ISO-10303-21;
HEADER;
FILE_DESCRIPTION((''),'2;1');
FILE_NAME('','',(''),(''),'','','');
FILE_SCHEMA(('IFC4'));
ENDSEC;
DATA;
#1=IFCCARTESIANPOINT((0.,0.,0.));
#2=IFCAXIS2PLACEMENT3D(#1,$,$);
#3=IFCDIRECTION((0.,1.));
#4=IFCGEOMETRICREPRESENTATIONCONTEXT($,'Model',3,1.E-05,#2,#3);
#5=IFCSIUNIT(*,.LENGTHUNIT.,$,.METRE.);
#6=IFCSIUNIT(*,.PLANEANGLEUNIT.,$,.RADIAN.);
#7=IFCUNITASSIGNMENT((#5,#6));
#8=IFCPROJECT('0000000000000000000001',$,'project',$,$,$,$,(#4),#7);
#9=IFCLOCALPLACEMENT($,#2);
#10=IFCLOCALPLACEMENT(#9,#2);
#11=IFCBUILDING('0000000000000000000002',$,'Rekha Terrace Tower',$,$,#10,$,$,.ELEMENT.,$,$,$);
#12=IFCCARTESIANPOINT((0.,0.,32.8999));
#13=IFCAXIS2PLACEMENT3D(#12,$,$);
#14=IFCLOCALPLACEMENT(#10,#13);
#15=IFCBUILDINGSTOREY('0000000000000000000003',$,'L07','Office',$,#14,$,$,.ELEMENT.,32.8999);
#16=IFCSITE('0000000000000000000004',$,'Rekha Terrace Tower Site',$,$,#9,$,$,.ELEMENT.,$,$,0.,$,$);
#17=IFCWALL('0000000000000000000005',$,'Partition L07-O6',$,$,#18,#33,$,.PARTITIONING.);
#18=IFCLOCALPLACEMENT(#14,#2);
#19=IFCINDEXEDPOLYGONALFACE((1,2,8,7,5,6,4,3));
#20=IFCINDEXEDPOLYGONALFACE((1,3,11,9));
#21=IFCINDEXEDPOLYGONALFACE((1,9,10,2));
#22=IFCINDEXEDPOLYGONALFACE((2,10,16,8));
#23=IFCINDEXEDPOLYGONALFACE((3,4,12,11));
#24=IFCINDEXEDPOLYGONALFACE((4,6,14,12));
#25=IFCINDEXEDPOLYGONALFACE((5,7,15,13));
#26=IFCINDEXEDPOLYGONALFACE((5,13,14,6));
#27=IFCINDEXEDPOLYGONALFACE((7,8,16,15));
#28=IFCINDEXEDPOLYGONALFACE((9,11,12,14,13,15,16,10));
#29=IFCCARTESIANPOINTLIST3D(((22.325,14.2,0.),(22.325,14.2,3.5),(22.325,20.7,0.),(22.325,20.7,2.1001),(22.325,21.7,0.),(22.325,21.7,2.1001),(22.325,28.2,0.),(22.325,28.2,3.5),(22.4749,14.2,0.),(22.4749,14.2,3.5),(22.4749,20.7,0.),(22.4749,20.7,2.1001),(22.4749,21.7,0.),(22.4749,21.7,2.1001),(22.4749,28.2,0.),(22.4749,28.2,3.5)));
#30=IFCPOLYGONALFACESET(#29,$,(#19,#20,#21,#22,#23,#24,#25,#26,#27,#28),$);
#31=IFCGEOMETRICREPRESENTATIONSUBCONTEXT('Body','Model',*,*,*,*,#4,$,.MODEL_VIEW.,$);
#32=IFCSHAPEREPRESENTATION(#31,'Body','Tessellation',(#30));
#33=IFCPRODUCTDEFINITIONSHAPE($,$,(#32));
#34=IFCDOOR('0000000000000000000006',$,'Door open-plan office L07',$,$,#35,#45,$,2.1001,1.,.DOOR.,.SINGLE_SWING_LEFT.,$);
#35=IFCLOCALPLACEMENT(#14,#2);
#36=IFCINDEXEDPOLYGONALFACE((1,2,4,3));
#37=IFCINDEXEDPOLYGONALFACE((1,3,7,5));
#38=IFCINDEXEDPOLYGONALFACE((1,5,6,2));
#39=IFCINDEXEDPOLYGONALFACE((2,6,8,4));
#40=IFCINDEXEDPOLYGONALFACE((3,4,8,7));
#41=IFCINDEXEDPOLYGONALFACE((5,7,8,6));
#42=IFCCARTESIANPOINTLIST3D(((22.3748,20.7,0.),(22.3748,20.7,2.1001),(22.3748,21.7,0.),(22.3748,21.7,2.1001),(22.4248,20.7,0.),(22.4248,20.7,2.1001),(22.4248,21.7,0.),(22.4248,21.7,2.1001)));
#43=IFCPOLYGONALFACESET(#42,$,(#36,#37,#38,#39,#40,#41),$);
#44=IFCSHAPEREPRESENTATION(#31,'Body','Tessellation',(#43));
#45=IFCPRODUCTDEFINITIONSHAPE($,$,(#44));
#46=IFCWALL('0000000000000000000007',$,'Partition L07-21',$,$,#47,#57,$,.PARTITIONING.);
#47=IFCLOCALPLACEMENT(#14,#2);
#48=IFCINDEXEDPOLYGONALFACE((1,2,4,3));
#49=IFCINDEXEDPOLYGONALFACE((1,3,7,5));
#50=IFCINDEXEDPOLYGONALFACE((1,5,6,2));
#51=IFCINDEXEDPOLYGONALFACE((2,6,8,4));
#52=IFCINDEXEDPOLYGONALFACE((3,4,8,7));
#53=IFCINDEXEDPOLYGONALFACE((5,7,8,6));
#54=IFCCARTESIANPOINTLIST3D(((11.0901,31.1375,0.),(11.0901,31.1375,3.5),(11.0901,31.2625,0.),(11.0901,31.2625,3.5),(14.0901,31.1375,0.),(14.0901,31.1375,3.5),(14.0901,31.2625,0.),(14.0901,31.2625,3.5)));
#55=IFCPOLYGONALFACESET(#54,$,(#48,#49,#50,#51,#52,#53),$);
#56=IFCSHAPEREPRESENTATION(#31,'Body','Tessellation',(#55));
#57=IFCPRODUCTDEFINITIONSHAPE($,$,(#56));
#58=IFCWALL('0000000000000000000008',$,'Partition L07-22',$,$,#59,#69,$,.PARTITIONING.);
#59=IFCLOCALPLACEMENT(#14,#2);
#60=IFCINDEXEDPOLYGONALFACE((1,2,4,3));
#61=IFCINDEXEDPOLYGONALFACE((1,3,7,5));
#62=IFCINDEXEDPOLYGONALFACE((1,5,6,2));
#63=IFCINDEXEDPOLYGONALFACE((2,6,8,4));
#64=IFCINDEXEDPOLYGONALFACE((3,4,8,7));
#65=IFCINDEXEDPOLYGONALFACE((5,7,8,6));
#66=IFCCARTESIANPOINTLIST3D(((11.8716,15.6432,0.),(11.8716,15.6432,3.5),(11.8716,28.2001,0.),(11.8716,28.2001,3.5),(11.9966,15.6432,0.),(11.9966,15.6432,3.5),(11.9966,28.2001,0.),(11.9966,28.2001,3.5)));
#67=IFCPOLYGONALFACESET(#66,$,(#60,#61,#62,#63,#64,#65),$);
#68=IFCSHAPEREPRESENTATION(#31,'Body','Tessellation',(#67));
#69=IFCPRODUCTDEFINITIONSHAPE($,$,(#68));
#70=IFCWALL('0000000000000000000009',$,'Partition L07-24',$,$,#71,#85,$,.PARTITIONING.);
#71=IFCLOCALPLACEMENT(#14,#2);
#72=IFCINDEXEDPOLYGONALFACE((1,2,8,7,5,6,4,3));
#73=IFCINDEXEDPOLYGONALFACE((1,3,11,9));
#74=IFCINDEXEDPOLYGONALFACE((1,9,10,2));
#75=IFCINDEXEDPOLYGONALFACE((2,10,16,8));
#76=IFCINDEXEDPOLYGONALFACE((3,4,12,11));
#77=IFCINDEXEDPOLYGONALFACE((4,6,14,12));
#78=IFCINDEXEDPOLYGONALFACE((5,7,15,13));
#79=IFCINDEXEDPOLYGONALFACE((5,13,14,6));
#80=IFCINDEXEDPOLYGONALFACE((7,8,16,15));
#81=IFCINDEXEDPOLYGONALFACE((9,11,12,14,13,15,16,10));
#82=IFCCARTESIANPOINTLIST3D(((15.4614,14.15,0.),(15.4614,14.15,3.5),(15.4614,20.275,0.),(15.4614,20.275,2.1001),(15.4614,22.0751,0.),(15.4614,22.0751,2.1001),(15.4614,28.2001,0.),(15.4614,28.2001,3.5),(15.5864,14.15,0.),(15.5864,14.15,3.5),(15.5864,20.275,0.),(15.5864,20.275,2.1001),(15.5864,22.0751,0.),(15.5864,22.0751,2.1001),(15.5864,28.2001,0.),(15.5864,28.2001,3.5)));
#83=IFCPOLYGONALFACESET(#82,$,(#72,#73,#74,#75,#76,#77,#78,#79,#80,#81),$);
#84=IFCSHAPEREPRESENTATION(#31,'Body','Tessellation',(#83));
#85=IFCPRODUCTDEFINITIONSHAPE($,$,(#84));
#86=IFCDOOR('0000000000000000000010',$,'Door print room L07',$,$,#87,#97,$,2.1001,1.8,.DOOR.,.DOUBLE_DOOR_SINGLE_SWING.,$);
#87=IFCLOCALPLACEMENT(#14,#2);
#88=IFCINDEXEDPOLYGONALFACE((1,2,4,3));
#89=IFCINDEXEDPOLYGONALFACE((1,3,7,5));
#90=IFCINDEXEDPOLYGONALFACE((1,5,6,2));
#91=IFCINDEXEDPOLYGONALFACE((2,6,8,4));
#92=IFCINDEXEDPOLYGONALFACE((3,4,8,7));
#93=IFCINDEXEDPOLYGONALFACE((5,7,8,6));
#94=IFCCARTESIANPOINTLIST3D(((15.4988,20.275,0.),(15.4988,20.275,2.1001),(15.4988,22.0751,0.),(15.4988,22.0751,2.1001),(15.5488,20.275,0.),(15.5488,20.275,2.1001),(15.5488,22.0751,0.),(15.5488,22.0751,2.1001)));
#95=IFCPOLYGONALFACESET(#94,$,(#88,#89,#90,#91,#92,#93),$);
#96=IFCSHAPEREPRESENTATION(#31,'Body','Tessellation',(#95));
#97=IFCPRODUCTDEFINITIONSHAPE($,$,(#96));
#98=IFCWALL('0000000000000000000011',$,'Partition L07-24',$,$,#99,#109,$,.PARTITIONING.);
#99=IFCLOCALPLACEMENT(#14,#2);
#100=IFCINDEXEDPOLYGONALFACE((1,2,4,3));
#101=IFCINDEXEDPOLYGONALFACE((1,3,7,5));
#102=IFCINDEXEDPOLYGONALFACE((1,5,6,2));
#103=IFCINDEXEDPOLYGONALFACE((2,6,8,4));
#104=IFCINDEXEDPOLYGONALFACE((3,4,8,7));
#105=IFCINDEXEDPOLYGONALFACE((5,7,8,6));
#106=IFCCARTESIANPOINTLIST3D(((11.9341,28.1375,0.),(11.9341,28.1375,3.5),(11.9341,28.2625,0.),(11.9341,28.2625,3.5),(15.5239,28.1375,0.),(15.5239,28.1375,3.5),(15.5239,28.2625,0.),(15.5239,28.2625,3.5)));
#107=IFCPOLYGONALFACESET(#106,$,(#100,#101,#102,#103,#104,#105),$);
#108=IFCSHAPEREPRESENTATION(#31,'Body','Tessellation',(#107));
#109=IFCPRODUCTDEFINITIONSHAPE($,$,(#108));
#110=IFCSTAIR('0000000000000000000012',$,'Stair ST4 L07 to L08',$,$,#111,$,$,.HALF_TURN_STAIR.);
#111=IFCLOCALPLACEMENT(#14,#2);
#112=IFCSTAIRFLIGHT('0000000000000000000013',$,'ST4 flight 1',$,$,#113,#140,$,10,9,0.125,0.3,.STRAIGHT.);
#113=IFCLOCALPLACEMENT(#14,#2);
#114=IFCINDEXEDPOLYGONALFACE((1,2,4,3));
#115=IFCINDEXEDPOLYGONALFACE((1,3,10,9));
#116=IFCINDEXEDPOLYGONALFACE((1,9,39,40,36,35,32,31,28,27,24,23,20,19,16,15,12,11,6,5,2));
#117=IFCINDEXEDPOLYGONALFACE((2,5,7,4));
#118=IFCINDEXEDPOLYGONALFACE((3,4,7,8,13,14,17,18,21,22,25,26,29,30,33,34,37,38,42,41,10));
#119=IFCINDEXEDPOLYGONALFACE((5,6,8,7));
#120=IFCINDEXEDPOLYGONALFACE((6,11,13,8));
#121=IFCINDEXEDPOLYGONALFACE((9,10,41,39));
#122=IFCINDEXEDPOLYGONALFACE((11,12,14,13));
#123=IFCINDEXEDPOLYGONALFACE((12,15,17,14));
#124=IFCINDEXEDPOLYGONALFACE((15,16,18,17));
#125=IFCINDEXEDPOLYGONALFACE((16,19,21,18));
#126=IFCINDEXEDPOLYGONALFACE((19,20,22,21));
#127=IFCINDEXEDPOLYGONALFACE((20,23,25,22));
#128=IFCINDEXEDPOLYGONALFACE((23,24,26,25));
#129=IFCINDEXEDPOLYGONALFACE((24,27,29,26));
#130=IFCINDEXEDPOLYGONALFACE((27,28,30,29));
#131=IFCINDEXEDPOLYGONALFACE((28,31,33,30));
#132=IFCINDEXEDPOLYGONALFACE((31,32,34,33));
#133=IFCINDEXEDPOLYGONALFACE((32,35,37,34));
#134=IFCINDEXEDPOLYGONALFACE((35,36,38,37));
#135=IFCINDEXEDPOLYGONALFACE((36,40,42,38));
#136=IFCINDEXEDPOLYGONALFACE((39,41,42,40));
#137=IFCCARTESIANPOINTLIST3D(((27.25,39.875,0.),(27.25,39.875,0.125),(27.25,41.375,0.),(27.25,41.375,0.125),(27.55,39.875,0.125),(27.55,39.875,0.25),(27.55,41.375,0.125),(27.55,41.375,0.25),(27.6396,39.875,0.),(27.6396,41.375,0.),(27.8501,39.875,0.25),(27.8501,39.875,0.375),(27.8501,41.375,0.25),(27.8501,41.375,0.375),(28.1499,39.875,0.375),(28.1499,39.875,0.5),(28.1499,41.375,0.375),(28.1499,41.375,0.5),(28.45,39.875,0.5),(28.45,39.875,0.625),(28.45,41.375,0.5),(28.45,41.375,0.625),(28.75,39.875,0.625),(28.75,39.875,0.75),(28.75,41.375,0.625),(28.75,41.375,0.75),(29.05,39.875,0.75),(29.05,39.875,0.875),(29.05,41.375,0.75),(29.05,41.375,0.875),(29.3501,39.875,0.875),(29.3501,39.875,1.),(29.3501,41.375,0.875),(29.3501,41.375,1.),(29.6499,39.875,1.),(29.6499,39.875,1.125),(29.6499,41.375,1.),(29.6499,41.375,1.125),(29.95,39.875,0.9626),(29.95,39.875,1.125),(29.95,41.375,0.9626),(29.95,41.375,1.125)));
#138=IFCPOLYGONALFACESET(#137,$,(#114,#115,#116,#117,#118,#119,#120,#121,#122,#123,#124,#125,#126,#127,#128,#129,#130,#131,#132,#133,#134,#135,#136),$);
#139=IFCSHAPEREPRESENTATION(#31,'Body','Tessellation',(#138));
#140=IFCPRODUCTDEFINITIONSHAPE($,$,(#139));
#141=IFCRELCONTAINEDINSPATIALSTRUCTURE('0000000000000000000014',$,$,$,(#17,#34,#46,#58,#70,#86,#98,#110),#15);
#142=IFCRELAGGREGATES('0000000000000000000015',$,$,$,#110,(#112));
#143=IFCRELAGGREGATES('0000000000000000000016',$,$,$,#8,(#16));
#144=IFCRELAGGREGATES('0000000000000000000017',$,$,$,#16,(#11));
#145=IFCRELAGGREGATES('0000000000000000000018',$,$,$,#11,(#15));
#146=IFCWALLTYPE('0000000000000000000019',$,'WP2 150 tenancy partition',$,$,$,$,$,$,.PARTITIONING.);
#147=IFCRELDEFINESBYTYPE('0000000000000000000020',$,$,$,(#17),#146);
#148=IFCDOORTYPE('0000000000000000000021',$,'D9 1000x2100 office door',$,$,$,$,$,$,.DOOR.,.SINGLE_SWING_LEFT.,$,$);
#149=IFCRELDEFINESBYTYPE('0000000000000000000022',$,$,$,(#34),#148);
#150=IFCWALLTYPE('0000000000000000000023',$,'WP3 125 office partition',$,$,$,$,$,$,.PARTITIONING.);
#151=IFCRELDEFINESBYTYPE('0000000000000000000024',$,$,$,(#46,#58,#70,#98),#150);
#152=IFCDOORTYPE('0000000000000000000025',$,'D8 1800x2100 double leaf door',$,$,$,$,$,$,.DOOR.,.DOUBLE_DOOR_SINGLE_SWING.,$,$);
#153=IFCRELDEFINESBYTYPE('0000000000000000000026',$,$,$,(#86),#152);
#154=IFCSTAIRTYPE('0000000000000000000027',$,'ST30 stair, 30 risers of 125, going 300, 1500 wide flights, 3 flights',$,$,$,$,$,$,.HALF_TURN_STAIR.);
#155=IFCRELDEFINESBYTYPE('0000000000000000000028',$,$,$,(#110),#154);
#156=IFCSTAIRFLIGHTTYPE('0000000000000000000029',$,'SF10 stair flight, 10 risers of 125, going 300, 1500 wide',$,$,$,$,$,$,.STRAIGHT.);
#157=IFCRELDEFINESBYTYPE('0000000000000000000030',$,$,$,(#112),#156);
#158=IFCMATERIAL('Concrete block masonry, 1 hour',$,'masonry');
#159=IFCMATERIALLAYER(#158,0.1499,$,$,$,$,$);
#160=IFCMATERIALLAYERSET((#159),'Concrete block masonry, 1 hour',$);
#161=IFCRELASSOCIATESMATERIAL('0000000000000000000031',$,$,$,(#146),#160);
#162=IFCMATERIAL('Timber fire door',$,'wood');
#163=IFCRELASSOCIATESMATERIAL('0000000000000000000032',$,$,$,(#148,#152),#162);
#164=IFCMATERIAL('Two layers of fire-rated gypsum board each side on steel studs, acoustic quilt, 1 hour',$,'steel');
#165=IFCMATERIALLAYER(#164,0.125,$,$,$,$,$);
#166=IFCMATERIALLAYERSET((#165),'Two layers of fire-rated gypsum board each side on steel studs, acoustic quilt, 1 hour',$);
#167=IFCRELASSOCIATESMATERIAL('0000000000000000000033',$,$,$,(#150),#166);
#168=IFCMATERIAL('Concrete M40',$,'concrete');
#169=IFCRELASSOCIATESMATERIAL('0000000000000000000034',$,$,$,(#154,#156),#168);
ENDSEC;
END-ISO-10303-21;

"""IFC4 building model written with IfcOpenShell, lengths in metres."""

from ifc_helpers import new_model, si_unit, direction, frame, frame_2d, origin, place, context, subcontext, project, spatial, polyline, rectangle, outline, extrude, material, layer, layer_set, type_object, element, fill, aggregate, save


model = new_model("IFC4")

# Units and contexts
model_context = context("Model", 3, precision=1e-05, world=origin(), true_north=direction((0.0, 1.0)))
body_context = subcontext(model_context, "Body", "Model", "MODEL_VIEW")
ifc_project = project(units=[si_unit("LENGTHUNIT", "METRE"), si_unit("PLANEANGLEUNIT", "RADIAN")], contexts=[model_context])

# Site, building, storey
site_placement = place(None, origin())
site = spatial("IfcSite", under=ifc_project, at=site_placement, Name="Rekha Terrace Tower Site", CompositionType="ELEMENT", RefElevation=0.0)
building_placement = place(site_placement, origin())
building = spatial("IfcBuilding", under=site, at=building_placement, Name="Rekha Terrace Tower", CompositionType="ELEMENT")
storey_placement = place(building_placement, frame((0.0, 0.0, 32.8999)))
storey = spatial("IfcBuildingStorey", under=building, at=storey_placement, Name="L07", Description="Office", CompositionType="ELEMENT", Elevation=32.8999)

# Shared definitions
ifc_material_1 = material(Name="Concrete block masonry, 1 hour", Category="masonry")
ifc_layer_1 = layer(ifc_material_1, 0.1499)
ifc_layer_set_1 = layer_set([ifc_layer_1], Name="Concrete block masonry, 1 hour")
wall_type_1 = type_object("IfcWallType", Name="WP2 150 tenancy partition", PredefinedType="PARTITIONING", material=ifc_layer_set_1)

# Wall, opening, door
wall_1_placement = place(storey_placement, frame((22.3999, 28.2, 0.0), z_axis=(0.0, 0.0, 1.0), x_axis=(0.0, -1.0, 0.0)))
wall_1 = element("IfcWall", 1, at=wall_1_placement, inside=storey, type_object=wall_type_1, Name="Partition L07-O6", PredefinedType="PARTITIONING", context=body_context, shape_type="SweptSolid", body=[
    extrude(rectangle(XDim=14.0, YDim=0.1499, at=frame_2d((7.0, 0.0))), origin(), (0.0, 0.0, 1.0), 3.5),
])
opening_1_placement = place(wall_1_placement, frame((6.5, 0.0, 0.0)))
opening_1 = element("IfcOpeningElement", 2, at=opening_1_placement, cuts=wall_1, PredefinedType="OPENING", context=body_context, shape_type="SweptSolid", body=[
    extrude(rectangle(XDim=1.0, YDim=2.1001, at=frame_2d((0.5, 1.05))), frame((0.0, 0.085, 0.0), z_axis=(0.0, -1.0, 0.0), x_axis=(1.0, 0.0, 0.0)), (0.0, 0.0, 1.0), 0.1699),
])
ifc_material_2 = material(Name="Timber fire door", Category="wood")
door_type_1 = type_object("IfcDoorType", Name="D9 1000x2100 office door", OperationType="SINGLE_SWING_LEFT", PredefinedType="DOOR", material=ifc_material_2)
door_1_placement = place(opening_1_placement, origin())
door_1 = element("IfcDoor", 3, at=door_1_placement, inside=storey, type_object=door_type_1, Name="Door open-plan office L07", OperationType="SINGLE_SWING_LEFT", OverallHeight=2.1001, OverallWidth=1.0, PredefinedType="DOOR", context=body_context, shape_type="SweptSolid", body=[
    extrude(rectangle(XDim=1.0, YDim=2.1001, at=frame_2d((0.5, 1.05))), frame((0.0, 0.0249, 0.0), z_axis=(0.0, -1.0, 0.0), x_axis=(1.0, 0.0, 0.0)), (0.0, 0.0, 1.0), 0.05),
])
fill(opening_1, door_1)

# Walls
ifc_material_3 = material(Name="Two layers of fire-rated gypsum board each side on steel studs, acoustic quilt, 1 hour", Category="steel")
ifc_layer_2 = layer(ifc_material_3, 0.125)
ifc_layer_set_2 = layer_set([ifc_layer_2], Name="Two layers of fire-rated gypsum board each side on steel studs, acoustic quilt, 1 hour")
wall_type_2 = type_object("IfcWallType", Name="WP3 125 office partition", PredefinedType="PARTITIONING", material=ifc_layer_set_2)
wall_2_placement = place(storey_placement, frame((14.0901, 31.2, 0.0), z_axis=(0.0, 0.0, 1.0), x_axis=(-1.0, 0.0, 0.0)))
element("IfcWall", 4, at=wall_2_placement, inside=storey, type_object=wall_type_2, Name="Partition L07-21", PredefinedType="PARTITIONING", context=body_context, shape_type="SweptSolid", body=[
    extrude(rectangle(XDim=3.0, YDim=0.125, at=frame_2d((1.5, 0.0))), origin(), (0.0, 0.0, 1.0), 3.5),
])
wall_3_placement = place(storey_placement, frame((11.9341, 28.2, 0.0), z_axis=(0.0, 0.0, 1.0), x_axis=(0.0, -1.0, 0.0)))
element("IfcWall", 5, at=wall_3_placement, inside=storey, type_object=wall_type_2, Name="Partition L07-22", PredefinedType="PARTITIONING", context=body_context, shape_type="SweptSolid", body=[
    extrude(rectangle(XDim=12.5569, YDim=0.125, at=frame_2d((6.2783, 0.0))), origin(), (0.0, 0.0, 1.0), 3.5),
])

# Wall, opening, door
wall_4_placement = place(storey_placement, frame((15.5239, 28.2, 0.0), z_axis=(0.0, 0.0, 1.0), x_axis=(0.0, -1.0, 0.0)))
wall_4 = element("IfcWall", 6, at=wall_4_placement, inside=storey, type_object=wall_type_2, Name="Partition L07-24", PredefinedType="PARTITIONING", context=body_context, shape_type="SweptSolid", body=[
    extrude(rectangle(XDim=14.05, YDim=0.125, at=frame_2d((7.0249, 0.0))), origin(), (0.0, 0.0, 1.0), 3.5),
])
opening_2_placement = place(wall_4_placement, frame((6.125, 0.0, 0.0)))
opening_2 = element("IfcOpeningElement", 7, at=opening_2_placement, cuts=wall_4, PredefinedType="OPENING", context=body_context, shape_type="SweptSolid", body=[
    extrude(rectangle(XDim=1.8, YDim=2.1001, at=frame_2d((0.8999, 1.05))), frame((0.0, 0.0725, 0.0), z_axis=(0.0, -1.0, 0.0), x_axis=(1.0, 0.0, 0.0)), (0.0, 0.0, 1.0), 0.145),
])
door_type_2 = type_object("IfcDoorType", Name="D8 1800x2100 double leaf door", OperationType="DOUBLE_DOOR_SINGLE_SWING", PredefinedType="DOOR", material=ifc_material_2)
door_2_placement = place(opening_2_placement, origin())
door_2 = element("IfcDoor", 8, at=door_2_placement, inside=storey, type_object=door_type_2, Name="Door print room L07", OperationType="DOUBLE_DOOR_SINGLE_SWING", OverallHeight=2.1001, OverallWidth=1.8, PredefinedType="DOOR", context=body_context, shape_type="SweptSolid", body=[
    extrude(rectangle(XDim=1.8, YDim=2.1001, at=frame_2d((0.8999, 1.05))), frame((0.0, 0.0249, 0.0), z_axis=(0.0, -1.0, 0.0), x_axis=(1.0, 0.0, 0.0)), (0.0, 0.0, 1.0), 0.05),
])
fill(opening_2, door_2)

# Wall
wall_5_placement = place(storey_placement, frame((11.9341, 28.2, 0.0), z_axis=(0.0, 0.0, 1.0), x_axis=(1.0, 0.0, 0.0)))
element("IfcWall", 9, at=wall_5_placement, inside=storey, type_object=wall_type_2, Name="Partition L07-24", PredefinedType="PARTITIONING", context=body_context, shape_type="SweptSolid", body=[
    extrude(rectangle(XDim=3.5898, YDim=0.125, at=frame_2d((1.7949, 0.0))), origin(), (0.0, 0.0, 1.0), 3.5),
])

# Stair, stair flight
ifc_material_4 = material(Name="Concrete M40", Category="concrete")
stair_type = type_object("IfcStairType", Name="ST30 stair, 30 risers of 125, going 300, 1500 wide flights, 3 flights", PredefinedType="HALF_TURN_STAIR", material=ifc_material_4)
stair_placement = place(storey_placement, origin())
stair = element("IfcStair", 10, at=stair_placement, inside=storey, type_object=stair_type, Name="Stair ST4 L07 to L08", PredefinedType="HALF_TURN_STAIR")
stair_flight_type = type_object("IfcStairFlightType", Name="SF10 stair flight, 10 risers of 125, going 300, 1500 wide", PredefinedType="STRAIGHT", material=ifc_material_4)
stair_flight_placement = place(storey_placement, frame((27.25, 40.625, 0.0), z_axis=(0.0, 0.0, 1.0), x_axis=(1.0, 0.0, 0.0)))
stair_flight = element("IfcStairFlight", 11, at=stair_flight_placement, type_object=stair_flight_type, Name="ST4 flight 1", NumberOfRisers=10, NumberOfTreads=9, PredefinedType="STRAIGHT", RiserHeight=0.125, TreadLength=0.3, context=body_context, shape_type="SweptSolid", body=[
    extrude(outline(polyline([(0.0, 0.0), (0.0, 0.125), (0.3, 0.125), (0.3, 0.25), (0.6001, 0.25), (0.6001, 0.375), (0.8999, 0.375), (0.8999, 0.5), (1.2, 0.5), (1.2, 0.625), (1.5, 0.625), (1.5, 0.75), (1.8, 0.75), (1.8, 0.875), (2.1001, 0.875), (2.1001, 1.0), (2.3999, 1.0), (2.3999, 1.125), (2.7, 1.125), (2.7, 1.25), (2.7, 0.9626), (0.3896, 0.0), (0.0, 0.0)])), frame((0.0, 0.75, 0.0), z_axis=(0.0, -1.0, 0.0), x_axis=(1.0, 0.0, 0.0)), (0.0, 0.0, 1.0), 1.5),
])
aggregate(stair, [stair_flight])

save(model, "model.ifc")
